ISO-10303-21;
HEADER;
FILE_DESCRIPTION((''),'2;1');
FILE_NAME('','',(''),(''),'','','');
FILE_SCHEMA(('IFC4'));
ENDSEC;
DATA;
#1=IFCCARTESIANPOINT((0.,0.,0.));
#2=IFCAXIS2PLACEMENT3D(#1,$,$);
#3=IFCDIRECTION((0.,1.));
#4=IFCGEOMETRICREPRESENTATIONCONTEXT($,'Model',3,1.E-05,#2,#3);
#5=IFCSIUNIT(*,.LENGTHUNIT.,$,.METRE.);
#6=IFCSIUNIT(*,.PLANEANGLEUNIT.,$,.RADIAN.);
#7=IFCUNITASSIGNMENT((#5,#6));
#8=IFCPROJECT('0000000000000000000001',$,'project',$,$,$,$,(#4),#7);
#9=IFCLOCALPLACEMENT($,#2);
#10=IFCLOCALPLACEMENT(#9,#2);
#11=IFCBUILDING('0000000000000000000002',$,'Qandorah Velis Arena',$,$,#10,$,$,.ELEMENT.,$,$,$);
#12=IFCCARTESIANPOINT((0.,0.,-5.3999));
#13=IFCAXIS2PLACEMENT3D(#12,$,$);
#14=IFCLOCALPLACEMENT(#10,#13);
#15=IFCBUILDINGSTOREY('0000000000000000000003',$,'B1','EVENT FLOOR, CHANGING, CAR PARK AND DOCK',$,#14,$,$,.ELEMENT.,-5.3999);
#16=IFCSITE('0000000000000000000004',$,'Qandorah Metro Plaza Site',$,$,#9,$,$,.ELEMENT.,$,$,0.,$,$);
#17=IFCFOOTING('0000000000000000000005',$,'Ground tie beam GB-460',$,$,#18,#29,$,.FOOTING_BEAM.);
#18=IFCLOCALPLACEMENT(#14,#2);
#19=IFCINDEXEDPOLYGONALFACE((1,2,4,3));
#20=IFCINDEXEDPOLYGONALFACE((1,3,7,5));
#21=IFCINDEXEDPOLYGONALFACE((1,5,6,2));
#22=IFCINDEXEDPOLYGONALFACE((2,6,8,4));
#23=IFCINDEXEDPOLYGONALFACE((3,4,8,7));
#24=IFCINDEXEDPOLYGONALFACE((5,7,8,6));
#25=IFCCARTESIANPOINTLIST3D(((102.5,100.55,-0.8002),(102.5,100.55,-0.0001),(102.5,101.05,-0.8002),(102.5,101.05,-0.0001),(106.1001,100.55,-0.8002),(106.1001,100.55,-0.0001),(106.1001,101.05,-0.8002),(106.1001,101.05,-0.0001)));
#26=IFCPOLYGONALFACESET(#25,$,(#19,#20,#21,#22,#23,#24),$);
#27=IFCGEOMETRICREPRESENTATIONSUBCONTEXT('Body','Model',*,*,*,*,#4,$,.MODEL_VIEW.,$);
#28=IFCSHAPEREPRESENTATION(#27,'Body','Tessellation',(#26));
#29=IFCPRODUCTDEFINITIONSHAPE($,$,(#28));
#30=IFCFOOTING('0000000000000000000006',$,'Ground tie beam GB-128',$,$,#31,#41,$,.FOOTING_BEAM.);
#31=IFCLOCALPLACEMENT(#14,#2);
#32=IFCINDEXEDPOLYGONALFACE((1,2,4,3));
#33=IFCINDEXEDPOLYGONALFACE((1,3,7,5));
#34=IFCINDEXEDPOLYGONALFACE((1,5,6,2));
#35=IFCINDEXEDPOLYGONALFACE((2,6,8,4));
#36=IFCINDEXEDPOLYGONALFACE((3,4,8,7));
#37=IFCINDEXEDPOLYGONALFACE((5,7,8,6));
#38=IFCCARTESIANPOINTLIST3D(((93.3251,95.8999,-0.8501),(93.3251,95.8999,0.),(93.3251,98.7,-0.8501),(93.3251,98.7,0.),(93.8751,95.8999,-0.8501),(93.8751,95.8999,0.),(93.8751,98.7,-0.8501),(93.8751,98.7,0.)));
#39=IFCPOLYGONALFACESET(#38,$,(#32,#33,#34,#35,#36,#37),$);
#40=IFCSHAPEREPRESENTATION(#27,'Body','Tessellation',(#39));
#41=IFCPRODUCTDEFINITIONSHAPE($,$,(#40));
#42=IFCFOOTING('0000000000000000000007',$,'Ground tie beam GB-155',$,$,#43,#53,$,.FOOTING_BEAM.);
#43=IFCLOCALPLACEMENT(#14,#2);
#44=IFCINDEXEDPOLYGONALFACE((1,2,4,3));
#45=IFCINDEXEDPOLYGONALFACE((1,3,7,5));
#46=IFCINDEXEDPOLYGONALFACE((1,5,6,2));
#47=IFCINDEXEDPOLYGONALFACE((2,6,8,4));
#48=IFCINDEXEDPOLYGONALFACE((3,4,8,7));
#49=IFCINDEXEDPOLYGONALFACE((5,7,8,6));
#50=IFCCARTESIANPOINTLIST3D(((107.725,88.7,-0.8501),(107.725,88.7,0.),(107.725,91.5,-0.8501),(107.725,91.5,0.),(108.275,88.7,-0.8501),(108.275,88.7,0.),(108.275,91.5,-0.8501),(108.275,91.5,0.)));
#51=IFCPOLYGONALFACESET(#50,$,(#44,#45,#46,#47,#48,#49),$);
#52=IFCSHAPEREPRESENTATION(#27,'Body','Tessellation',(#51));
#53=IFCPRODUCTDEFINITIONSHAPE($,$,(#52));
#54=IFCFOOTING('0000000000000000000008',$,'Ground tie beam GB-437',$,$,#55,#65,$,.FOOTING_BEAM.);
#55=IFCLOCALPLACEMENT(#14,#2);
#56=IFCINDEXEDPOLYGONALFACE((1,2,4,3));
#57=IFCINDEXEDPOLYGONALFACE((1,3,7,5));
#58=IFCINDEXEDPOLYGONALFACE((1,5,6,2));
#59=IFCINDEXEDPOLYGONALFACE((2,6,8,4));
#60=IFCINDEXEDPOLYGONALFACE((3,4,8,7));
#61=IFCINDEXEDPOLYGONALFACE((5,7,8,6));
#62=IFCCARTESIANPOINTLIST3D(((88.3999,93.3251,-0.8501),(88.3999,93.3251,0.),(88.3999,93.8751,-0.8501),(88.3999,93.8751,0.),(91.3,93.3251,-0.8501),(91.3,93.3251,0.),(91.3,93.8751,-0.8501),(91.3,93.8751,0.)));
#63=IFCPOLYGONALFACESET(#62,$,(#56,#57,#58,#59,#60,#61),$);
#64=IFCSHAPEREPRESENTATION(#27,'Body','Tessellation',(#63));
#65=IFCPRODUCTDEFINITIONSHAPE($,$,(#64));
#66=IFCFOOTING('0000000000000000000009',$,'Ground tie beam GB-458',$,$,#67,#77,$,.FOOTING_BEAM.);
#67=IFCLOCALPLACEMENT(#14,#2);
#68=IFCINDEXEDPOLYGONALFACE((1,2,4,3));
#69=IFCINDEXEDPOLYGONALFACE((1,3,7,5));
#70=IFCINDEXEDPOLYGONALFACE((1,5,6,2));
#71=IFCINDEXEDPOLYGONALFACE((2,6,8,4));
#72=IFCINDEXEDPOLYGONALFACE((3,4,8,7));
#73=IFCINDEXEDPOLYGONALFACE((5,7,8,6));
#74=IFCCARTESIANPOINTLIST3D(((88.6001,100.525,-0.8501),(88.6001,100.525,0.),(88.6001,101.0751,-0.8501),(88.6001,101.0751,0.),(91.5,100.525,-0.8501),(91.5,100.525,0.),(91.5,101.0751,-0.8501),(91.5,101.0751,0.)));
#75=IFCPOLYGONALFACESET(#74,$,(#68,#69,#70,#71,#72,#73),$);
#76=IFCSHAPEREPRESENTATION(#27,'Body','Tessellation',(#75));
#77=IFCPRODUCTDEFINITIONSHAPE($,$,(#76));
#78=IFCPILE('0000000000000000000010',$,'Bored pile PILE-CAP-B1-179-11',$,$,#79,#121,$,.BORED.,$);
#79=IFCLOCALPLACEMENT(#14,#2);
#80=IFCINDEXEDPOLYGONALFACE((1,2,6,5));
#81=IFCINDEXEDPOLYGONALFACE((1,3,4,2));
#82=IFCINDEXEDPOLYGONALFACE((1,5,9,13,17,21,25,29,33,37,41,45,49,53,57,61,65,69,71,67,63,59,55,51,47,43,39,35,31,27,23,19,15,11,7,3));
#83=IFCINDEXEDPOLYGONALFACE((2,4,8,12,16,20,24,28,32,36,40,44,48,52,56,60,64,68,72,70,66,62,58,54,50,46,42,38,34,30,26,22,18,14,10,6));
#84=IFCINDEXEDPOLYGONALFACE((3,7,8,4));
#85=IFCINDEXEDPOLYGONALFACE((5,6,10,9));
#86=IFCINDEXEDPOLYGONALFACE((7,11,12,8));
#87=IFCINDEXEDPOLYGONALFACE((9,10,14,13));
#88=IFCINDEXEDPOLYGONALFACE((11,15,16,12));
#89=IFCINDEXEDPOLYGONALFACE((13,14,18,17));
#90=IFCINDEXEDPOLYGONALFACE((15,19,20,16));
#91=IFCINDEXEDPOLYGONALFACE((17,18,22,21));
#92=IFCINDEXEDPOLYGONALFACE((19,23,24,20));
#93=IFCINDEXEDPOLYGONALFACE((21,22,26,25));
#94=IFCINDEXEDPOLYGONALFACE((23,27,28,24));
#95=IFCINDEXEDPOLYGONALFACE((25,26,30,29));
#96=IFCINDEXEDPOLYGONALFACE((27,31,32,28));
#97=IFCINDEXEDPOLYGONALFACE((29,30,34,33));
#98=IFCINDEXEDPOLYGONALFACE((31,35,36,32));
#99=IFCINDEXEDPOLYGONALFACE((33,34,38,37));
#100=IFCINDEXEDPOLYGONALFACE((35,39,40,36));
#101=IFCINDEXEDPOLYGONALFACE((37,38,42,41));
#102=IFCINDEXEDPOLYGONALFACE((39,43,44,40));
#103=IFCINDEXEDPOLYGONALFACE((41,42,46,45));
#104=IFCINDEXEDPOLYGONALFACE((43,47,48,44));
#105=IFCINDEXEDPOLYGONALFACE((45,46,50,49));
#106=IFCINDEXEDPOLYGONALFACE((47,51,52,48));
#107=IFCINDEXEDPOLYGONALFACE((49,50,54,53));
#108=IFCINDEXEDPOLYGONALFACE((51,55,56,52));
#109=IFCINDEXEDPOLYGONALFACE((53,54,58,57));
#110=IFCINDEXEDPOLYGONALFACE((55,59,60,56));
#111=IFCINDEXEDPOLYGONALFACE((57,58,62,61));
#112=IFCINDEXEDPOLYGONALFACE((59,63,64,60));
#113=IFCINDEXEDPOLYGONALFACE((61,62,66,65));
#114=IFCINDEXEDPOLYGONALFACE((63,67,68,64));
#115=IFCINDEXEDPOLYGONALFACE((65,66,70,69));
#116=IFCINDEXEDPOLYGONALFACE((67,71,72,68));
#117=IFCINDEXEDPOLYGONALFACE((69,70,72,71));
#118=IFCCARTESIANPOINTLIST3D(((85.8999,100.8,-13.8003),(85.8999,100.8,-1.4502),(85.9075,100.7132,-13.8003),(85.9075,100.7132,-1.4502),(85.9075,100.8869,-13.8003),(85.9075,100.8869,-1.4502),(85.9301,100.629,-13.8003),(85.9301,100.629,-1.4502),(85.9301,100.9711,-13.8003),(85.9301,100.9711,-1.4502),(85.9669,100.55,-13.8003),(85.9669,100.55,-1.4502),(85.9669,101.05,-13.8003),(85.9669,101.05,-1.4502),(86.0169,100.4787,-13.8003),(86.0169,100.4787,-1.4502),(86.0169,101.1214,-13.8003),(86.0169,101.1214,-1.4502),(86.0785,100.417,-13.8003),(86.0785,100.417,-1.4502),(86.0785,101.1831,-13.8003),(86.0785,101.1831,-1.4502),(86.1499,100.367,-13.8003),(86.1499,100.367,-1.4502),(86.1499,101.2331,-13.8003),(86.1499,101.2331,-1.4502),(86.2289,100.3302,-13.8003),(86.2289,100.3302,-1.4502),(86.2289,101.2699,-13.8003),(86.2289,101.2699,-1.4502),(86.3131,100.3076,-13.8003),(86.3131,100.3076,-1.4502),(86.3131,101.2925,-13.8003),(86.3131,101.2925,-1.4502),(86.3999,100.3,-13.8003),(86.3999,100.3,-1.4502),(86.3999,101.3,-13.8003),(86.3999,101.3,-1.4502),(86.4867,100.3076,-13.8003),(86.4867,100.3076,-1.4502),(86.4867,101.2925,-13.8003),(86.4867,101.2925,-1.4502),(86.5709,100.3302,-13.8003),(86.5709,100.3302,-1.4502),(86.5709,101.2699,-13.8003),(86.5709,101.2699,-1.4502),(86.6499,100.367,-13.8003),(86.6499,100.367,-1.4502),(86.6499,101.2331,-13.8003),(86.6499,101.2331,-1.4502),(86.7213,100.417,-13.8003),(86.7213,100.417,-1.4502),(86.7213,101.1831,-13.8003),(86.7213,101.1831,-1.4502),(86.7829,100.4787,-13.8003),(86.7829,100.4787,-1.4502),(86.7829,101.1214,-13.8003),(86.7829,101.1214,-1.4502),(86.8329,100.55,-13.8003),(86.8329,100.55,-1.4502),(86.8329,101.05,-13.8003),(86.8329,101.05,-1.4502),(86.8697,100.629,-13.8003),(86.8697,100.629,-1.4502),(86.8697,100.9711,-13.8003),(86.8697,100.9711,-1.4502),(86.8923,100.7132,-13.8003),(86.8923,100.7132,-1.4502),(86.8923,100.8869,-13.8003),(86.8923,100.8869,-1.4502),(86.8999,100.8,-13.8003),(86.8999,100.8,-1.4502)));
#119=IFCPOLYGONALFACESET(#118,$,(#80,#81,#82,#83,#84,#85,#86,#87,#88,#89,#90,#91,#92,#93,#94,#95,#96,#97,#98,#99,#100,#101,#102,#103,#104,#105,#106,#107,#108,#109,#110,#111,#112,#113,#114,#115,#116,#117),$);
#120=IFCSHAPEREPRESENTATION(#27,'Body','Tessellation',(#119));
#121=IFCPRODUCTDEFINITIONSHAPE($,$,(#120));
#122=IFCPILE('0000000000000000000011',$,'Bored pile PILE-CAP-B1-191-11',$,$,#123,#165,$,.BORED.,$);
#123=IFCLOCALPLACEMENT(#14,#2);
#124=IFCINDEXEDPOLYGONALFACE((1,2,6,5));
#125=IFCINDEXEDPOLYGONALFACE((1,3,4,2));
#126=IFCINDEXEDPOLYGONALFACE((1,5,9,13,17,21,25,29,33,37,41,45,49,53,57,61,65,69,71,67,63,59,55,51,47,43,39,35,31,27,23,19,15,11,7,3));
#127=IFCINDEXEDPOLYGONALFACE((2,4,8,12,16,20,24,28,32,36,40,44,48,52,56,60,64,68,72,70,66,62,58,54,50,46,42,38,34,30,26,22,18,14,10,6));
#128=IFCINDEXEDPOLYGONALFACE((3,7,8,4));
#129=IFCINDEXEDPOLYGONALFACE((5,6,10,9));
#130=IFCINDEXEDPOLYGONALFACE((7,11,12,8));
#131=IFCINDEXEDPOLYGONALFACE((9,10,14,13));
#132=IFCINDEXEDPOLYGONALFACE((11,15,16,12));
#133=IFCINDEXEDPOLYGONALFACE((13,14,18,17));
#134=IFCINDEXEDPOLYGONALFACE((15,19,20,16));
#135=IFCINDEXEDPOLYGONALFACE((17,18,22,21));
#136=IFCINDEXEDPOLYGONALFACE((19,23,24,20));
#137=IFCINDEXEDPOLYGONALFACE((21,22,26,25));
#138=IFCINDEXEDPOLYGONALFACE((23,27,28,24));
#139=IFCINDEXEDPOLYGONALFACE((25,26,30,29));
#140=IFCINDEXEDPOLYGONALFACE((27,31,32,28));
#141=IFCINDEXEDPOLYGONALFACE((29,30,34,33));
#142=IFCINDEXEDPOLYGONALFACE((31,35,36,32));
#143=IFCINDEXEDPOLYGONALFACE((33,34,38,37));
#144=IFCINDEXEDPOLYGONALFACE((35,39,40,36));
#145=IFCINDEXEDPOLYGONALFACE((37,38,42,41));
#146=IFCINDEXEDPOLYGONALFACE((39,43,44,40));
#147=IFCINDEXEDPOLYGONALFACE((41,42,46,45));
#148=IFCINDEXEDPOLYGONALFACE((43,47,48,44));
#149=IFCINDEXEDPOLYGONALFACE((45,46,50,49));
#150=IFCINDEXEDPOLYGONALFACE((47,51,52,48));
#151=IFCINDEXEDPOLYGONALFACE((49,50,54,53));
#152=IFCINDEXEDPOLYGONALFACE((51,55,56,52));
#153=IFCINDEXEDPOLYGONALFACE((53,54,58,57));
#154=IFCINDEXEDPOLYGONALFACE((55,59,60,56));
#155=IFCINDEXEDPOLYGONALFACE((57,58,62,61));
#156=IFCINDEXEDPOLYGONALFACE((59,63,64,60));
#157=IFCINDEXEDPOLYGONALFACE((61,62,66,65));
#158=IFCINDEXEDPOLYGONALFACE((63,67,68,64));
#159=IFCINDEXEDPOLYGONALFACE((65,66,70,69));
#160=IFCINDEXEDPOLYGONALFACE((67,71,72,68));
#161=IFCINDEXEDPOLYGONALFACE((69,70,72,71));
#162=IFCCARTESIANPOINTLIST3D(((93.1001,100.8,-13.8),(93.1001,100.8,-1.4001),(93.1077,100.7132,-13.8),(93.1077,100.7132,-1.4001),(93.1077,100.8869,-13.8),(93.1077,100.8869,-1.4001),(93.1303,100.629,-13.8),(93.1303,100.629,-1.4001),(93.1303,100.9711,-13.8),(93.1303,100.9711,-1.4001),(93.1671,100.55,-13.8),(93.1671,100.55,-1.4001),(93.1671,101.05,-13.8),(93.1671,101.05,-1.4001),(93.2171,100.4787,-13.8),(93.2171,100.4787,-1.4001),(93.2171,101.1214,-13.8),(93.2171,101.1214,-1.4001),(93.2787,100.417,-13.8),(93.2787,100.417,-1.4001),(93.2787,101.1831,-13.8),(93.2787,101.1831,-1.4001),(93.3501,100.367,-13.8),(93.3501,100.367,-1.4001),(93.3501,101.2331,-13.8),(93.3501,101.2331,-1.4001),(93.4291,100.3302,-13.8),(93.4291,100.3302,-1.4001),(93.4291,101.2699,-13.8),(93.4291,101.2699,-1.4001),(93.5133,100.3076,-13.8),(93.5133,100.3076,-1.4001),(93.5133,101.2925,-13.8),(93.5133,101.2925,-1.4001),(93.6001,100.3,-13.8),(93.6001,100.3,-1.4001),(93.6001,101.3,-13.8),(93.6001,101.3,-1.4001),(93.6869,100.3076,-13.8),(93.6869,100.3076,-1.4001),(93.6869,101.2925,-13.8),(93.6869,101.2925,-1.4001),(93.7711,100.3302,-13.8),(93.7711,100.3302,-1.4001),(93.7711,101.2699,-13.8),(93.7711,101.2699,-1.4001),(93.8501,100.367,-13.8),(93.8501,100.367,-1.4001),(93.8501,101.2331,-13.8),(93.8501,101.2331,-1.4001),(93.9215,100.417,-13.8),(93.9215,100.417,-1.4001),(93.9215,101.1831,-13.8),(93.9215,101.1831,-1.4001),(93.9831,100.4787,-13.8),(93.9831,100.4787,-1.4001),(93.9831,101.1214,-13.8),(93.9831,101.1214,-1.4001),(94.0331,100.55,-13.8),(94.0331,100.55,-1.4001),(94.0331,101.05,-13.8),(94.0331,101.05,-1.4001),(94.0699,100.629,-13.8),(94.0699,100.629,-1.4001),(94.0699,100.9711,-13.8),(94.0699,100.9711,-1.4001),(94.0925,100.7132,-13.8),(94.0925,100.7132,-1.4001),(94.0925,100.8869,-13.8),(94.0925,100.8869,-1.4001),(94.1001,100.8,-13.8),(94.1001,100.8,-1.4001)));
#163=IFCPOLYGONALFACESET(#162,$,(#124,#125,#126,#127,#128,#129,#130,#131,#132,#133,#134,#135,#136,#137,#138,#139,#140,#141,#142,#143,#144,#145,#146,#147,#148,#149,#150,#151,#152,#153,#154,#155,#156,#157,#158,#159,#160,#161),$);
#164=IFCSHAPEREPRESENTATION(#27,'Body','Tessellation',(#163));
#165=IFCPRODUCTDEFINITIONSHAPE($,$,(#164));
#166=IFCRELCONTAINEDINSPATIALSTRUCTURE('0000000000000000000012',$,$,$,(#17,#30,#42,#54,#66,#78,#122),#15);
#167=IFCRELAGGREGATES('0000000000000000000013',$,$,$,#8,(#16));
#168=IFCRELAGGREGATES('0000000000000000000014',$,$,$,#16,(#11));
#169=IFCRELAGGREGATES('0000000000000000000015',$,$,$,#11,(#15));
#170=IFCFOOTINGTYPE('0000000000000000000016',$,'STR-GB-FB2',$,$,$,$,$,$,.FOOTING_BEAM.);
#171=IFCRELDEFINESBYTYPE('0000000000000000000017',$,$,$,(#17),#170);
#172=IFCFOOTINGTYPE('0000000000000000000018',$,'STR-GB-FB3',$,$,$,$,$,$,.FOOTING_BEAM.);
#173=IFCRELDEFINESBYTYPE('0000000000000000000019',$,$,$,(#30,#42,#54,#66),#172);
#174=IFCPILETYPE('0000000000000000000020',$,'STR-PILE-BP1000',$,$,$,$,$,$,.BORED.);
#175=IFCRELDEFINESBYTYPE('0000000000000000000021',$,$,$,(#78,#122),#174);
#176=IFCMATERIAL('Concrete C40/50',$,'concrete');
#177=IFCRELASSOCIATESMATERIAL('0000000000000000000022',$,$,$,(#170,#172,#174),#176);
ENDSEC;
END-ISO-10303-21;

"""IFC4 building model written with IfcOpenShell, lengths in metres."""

from ifc_helpers import new_model, si_unit, direction, frame, origin, origin_2d, place, context, subcontext, project, spatial, rectangle, circle, extrude, material, material_profile, profile_set, type_object, element, save


model = new_model("IFC4")

# Units and contexts
model_context = context("Model", 3, precision=1e-05, world=origin(), true_north=direction((0.0, 1.0)))
body_context = subcontext(model_context, "Body", "Model", "MODEL_VIEW")
ifc_project = project(units=[si_unit("LENGTHUNIT", "METRE"), si_unit("PLANEANGLEUNIT", "RADIAN")], contexts=[model_context])

# Site, building, storey
site_placement = place(None, origin())
site = spatial("IfcSite", under=ifc_project, at=site_placement, Name="Qandorah Metro Plaza Site", CompositionType="ELEMENT", RefElevation=0.0)
building_placement = place(site_placement, origin())
building = spatial("IfcBuilding", under=site, at=building_placement, Name="Qandorah Velis Arena", CompositionType="ELEMENT")
storey_placement = place(building_placement, frame((0.0, 0.0, -5.3999)))
storey = spatial("IfcBuildingStorey", under=building, at=storey_placement, Name="B1", Description="EVENT FLOOR, CHANGING, CAR PARK AND DOCK", CompositionType="ELEMENT", Elevation=-5.3999)

# Footings
ifc_material_1 = material(Name="Concrete C40/50", Category="concrete")
ifc_material_profile_1 = material_profile(ifc_material_1, rectangle(XDim=0.5, YDim=0.8, at=origin_2d()), Name="GB2 500x800")
ifc_profile_set_1 = profile_set([ifc_material_profile_1], Name="Concrete C40/50")
footing_type_1 = type_object("IfcFootingType", Name="STR-GB-FB2", PredefinedType="FOOTING_BEAM", material=ifc_profile_set_1)
footing_1_placement = place(storey_placement, frame((102.5, 100.8, -0.4001), z_axis=(1.0, 0.0, 0.0), x_axis=(0.0, 1.0, 0.0)))
element("IfcFooting", 1, at=footing_1_placement, inside=storey, type_object=footing_type_1, Name="Ground tie beam GB-460", PredefinedType="FOOTING_BEAM", context=body_context, shape_type="SweptSolid", body=[
    extrude(rectangle(XDim=0.5, YDim=0.8, at=origin_2d()), origin(), (0.0, 0.0, 1.0), 3.6001),
])
ifc_material_profile_2 = material_profile(ifc_material_1, rectangle(XDim=0.55, YDim=0.8501, at=origin_2d()), Name="GB3 550x850")
ifc_profile_set_2 = profile_set([ifc_material_profile_2], Name="Concrete C40/50")
footing_type_2 = type_object("IfcFootingType", Name="STR-GB-FB3", PredefinedType="FOOTING_BEAM", material=ifc_profile_set_2)
for number, where, z_axis, x_axis, name in (
    (2, (93.6001, 95.8999, -0.425), (0.0, 1.0, 0.0), (-1.0, 0.0, 0.0), "Ground tie beam GB-128"),
    (3, (108.0, 88.7, -0.425), (0.0, 1.0, 0.0), (-1.0, 0.0, 0.0), "Ground tie beam GB-155"),
):
    element("IfcFooting", number, at=place(storey_placement, frame(where, z_axis=z_axis, x_axis=x_axis)), inside=storey, type_object=footing_type_2, Name=name, PredefinedType="FOOTING_BEAM", context=body_context, shape_type="SweptSolid", body=[
        extrude(rectangle(XDim=0.55, YDim=0.8501, at=origin_2d()), origin(), (0.0, 0.0, 1.0), 2.8),
    ])
footing_2_placement = place(storey_placement, frame((88.3999, 93.6001, -0.425), z_axis=(1.0, 0.0, 0.0), x_axis=(0.0, 1.0, 0.0)))
element("IfcFooting", 4, at=footing_2_placement, inside=storey, type_object=footing_type_2, Name="Ground tie beam GB-437", PredefinedType="FOOTING_BEAM", context=body_context, shape_type="SweptSolid", body=[
    extrude(rectangle(XDim=0.55, YDim=0.8501, at=origin_2d()), origin(), (0.0, 0.0, 1.0), 2.9001),
])
footing_3_placement = place(storey_placement, frame((88.6001, 100.8, -0.425), z_axis=(1.0, 0.0, 0.0), x_axis=(0.0, 1.0, 0.0)))
element("IfcFooting", 5, at=footing_3_placement, inside=storey, type_object=footing_type_2, Name="Ground tie beam GB-458", PredefinedType="FOOTING_BEAM", context=body_context, shape_type="SweptSolid", body=[
    extrude(rectangle(XDim=0.55, YDim=0.8501, at=origin_2d()), origin(), (0.0, 0.0, 1.0), 2.8999),
])

# Piles
ifc_material_profile_3 = material_profile(ifc_material_1, circle(Radius=0.5, at=origin_2d()), Name="BORED PILE D1000")
ifc_profile_set_3 = profile_set([ifc_material_profile_3], Name="Concrete C40/50")
pile_type_1 = type_object("IfcPileType", Name="STR-PILE-BP1000", PredefinedType="BORED", material=ifc_profile_set_3)
pile_1_placement = place(storey_placement, frame((86.3999, 100.8, -1.4502), z_axis=(0.0, 0.0, -1.0), x_axis=(1.0, 0.0, 0.0)))
element("IfcPile", 6, at=pile_1_placement, inside=storey, type_object=pile_type_1, Name="Bored pile PILE-CAP-B1-179-11", PredefinedType="BORED", context=body_context, shape_type="SweptSolid", body=[
    extrude(circle(Radius=0.5, at=origin_2d()), origin(), (0.0, 0.0, 1.0), 12.3501),
])
pile_2_placement = place(storey_placement, frame((93.6001, 100.8, -1.4001), z_axis=(0.0, 0.0, -1.0), x_axis=(1.0, 0.0, 0.0)))
element("IfcPile", 7, at=pile_2_placement, inside=storey, type_object=pile_type_1, Name="Bored pile PILE-CAP-B1-191-11", PredefinedType="BORED", context=body_context, shape_type="SweptSolid", body=[
    extrude(circle(Radius=0.5, at=origin_2d()), origin(), (0.0, 0.0, 1.0), 12.3999),
])

save(model, "model.ifc")
